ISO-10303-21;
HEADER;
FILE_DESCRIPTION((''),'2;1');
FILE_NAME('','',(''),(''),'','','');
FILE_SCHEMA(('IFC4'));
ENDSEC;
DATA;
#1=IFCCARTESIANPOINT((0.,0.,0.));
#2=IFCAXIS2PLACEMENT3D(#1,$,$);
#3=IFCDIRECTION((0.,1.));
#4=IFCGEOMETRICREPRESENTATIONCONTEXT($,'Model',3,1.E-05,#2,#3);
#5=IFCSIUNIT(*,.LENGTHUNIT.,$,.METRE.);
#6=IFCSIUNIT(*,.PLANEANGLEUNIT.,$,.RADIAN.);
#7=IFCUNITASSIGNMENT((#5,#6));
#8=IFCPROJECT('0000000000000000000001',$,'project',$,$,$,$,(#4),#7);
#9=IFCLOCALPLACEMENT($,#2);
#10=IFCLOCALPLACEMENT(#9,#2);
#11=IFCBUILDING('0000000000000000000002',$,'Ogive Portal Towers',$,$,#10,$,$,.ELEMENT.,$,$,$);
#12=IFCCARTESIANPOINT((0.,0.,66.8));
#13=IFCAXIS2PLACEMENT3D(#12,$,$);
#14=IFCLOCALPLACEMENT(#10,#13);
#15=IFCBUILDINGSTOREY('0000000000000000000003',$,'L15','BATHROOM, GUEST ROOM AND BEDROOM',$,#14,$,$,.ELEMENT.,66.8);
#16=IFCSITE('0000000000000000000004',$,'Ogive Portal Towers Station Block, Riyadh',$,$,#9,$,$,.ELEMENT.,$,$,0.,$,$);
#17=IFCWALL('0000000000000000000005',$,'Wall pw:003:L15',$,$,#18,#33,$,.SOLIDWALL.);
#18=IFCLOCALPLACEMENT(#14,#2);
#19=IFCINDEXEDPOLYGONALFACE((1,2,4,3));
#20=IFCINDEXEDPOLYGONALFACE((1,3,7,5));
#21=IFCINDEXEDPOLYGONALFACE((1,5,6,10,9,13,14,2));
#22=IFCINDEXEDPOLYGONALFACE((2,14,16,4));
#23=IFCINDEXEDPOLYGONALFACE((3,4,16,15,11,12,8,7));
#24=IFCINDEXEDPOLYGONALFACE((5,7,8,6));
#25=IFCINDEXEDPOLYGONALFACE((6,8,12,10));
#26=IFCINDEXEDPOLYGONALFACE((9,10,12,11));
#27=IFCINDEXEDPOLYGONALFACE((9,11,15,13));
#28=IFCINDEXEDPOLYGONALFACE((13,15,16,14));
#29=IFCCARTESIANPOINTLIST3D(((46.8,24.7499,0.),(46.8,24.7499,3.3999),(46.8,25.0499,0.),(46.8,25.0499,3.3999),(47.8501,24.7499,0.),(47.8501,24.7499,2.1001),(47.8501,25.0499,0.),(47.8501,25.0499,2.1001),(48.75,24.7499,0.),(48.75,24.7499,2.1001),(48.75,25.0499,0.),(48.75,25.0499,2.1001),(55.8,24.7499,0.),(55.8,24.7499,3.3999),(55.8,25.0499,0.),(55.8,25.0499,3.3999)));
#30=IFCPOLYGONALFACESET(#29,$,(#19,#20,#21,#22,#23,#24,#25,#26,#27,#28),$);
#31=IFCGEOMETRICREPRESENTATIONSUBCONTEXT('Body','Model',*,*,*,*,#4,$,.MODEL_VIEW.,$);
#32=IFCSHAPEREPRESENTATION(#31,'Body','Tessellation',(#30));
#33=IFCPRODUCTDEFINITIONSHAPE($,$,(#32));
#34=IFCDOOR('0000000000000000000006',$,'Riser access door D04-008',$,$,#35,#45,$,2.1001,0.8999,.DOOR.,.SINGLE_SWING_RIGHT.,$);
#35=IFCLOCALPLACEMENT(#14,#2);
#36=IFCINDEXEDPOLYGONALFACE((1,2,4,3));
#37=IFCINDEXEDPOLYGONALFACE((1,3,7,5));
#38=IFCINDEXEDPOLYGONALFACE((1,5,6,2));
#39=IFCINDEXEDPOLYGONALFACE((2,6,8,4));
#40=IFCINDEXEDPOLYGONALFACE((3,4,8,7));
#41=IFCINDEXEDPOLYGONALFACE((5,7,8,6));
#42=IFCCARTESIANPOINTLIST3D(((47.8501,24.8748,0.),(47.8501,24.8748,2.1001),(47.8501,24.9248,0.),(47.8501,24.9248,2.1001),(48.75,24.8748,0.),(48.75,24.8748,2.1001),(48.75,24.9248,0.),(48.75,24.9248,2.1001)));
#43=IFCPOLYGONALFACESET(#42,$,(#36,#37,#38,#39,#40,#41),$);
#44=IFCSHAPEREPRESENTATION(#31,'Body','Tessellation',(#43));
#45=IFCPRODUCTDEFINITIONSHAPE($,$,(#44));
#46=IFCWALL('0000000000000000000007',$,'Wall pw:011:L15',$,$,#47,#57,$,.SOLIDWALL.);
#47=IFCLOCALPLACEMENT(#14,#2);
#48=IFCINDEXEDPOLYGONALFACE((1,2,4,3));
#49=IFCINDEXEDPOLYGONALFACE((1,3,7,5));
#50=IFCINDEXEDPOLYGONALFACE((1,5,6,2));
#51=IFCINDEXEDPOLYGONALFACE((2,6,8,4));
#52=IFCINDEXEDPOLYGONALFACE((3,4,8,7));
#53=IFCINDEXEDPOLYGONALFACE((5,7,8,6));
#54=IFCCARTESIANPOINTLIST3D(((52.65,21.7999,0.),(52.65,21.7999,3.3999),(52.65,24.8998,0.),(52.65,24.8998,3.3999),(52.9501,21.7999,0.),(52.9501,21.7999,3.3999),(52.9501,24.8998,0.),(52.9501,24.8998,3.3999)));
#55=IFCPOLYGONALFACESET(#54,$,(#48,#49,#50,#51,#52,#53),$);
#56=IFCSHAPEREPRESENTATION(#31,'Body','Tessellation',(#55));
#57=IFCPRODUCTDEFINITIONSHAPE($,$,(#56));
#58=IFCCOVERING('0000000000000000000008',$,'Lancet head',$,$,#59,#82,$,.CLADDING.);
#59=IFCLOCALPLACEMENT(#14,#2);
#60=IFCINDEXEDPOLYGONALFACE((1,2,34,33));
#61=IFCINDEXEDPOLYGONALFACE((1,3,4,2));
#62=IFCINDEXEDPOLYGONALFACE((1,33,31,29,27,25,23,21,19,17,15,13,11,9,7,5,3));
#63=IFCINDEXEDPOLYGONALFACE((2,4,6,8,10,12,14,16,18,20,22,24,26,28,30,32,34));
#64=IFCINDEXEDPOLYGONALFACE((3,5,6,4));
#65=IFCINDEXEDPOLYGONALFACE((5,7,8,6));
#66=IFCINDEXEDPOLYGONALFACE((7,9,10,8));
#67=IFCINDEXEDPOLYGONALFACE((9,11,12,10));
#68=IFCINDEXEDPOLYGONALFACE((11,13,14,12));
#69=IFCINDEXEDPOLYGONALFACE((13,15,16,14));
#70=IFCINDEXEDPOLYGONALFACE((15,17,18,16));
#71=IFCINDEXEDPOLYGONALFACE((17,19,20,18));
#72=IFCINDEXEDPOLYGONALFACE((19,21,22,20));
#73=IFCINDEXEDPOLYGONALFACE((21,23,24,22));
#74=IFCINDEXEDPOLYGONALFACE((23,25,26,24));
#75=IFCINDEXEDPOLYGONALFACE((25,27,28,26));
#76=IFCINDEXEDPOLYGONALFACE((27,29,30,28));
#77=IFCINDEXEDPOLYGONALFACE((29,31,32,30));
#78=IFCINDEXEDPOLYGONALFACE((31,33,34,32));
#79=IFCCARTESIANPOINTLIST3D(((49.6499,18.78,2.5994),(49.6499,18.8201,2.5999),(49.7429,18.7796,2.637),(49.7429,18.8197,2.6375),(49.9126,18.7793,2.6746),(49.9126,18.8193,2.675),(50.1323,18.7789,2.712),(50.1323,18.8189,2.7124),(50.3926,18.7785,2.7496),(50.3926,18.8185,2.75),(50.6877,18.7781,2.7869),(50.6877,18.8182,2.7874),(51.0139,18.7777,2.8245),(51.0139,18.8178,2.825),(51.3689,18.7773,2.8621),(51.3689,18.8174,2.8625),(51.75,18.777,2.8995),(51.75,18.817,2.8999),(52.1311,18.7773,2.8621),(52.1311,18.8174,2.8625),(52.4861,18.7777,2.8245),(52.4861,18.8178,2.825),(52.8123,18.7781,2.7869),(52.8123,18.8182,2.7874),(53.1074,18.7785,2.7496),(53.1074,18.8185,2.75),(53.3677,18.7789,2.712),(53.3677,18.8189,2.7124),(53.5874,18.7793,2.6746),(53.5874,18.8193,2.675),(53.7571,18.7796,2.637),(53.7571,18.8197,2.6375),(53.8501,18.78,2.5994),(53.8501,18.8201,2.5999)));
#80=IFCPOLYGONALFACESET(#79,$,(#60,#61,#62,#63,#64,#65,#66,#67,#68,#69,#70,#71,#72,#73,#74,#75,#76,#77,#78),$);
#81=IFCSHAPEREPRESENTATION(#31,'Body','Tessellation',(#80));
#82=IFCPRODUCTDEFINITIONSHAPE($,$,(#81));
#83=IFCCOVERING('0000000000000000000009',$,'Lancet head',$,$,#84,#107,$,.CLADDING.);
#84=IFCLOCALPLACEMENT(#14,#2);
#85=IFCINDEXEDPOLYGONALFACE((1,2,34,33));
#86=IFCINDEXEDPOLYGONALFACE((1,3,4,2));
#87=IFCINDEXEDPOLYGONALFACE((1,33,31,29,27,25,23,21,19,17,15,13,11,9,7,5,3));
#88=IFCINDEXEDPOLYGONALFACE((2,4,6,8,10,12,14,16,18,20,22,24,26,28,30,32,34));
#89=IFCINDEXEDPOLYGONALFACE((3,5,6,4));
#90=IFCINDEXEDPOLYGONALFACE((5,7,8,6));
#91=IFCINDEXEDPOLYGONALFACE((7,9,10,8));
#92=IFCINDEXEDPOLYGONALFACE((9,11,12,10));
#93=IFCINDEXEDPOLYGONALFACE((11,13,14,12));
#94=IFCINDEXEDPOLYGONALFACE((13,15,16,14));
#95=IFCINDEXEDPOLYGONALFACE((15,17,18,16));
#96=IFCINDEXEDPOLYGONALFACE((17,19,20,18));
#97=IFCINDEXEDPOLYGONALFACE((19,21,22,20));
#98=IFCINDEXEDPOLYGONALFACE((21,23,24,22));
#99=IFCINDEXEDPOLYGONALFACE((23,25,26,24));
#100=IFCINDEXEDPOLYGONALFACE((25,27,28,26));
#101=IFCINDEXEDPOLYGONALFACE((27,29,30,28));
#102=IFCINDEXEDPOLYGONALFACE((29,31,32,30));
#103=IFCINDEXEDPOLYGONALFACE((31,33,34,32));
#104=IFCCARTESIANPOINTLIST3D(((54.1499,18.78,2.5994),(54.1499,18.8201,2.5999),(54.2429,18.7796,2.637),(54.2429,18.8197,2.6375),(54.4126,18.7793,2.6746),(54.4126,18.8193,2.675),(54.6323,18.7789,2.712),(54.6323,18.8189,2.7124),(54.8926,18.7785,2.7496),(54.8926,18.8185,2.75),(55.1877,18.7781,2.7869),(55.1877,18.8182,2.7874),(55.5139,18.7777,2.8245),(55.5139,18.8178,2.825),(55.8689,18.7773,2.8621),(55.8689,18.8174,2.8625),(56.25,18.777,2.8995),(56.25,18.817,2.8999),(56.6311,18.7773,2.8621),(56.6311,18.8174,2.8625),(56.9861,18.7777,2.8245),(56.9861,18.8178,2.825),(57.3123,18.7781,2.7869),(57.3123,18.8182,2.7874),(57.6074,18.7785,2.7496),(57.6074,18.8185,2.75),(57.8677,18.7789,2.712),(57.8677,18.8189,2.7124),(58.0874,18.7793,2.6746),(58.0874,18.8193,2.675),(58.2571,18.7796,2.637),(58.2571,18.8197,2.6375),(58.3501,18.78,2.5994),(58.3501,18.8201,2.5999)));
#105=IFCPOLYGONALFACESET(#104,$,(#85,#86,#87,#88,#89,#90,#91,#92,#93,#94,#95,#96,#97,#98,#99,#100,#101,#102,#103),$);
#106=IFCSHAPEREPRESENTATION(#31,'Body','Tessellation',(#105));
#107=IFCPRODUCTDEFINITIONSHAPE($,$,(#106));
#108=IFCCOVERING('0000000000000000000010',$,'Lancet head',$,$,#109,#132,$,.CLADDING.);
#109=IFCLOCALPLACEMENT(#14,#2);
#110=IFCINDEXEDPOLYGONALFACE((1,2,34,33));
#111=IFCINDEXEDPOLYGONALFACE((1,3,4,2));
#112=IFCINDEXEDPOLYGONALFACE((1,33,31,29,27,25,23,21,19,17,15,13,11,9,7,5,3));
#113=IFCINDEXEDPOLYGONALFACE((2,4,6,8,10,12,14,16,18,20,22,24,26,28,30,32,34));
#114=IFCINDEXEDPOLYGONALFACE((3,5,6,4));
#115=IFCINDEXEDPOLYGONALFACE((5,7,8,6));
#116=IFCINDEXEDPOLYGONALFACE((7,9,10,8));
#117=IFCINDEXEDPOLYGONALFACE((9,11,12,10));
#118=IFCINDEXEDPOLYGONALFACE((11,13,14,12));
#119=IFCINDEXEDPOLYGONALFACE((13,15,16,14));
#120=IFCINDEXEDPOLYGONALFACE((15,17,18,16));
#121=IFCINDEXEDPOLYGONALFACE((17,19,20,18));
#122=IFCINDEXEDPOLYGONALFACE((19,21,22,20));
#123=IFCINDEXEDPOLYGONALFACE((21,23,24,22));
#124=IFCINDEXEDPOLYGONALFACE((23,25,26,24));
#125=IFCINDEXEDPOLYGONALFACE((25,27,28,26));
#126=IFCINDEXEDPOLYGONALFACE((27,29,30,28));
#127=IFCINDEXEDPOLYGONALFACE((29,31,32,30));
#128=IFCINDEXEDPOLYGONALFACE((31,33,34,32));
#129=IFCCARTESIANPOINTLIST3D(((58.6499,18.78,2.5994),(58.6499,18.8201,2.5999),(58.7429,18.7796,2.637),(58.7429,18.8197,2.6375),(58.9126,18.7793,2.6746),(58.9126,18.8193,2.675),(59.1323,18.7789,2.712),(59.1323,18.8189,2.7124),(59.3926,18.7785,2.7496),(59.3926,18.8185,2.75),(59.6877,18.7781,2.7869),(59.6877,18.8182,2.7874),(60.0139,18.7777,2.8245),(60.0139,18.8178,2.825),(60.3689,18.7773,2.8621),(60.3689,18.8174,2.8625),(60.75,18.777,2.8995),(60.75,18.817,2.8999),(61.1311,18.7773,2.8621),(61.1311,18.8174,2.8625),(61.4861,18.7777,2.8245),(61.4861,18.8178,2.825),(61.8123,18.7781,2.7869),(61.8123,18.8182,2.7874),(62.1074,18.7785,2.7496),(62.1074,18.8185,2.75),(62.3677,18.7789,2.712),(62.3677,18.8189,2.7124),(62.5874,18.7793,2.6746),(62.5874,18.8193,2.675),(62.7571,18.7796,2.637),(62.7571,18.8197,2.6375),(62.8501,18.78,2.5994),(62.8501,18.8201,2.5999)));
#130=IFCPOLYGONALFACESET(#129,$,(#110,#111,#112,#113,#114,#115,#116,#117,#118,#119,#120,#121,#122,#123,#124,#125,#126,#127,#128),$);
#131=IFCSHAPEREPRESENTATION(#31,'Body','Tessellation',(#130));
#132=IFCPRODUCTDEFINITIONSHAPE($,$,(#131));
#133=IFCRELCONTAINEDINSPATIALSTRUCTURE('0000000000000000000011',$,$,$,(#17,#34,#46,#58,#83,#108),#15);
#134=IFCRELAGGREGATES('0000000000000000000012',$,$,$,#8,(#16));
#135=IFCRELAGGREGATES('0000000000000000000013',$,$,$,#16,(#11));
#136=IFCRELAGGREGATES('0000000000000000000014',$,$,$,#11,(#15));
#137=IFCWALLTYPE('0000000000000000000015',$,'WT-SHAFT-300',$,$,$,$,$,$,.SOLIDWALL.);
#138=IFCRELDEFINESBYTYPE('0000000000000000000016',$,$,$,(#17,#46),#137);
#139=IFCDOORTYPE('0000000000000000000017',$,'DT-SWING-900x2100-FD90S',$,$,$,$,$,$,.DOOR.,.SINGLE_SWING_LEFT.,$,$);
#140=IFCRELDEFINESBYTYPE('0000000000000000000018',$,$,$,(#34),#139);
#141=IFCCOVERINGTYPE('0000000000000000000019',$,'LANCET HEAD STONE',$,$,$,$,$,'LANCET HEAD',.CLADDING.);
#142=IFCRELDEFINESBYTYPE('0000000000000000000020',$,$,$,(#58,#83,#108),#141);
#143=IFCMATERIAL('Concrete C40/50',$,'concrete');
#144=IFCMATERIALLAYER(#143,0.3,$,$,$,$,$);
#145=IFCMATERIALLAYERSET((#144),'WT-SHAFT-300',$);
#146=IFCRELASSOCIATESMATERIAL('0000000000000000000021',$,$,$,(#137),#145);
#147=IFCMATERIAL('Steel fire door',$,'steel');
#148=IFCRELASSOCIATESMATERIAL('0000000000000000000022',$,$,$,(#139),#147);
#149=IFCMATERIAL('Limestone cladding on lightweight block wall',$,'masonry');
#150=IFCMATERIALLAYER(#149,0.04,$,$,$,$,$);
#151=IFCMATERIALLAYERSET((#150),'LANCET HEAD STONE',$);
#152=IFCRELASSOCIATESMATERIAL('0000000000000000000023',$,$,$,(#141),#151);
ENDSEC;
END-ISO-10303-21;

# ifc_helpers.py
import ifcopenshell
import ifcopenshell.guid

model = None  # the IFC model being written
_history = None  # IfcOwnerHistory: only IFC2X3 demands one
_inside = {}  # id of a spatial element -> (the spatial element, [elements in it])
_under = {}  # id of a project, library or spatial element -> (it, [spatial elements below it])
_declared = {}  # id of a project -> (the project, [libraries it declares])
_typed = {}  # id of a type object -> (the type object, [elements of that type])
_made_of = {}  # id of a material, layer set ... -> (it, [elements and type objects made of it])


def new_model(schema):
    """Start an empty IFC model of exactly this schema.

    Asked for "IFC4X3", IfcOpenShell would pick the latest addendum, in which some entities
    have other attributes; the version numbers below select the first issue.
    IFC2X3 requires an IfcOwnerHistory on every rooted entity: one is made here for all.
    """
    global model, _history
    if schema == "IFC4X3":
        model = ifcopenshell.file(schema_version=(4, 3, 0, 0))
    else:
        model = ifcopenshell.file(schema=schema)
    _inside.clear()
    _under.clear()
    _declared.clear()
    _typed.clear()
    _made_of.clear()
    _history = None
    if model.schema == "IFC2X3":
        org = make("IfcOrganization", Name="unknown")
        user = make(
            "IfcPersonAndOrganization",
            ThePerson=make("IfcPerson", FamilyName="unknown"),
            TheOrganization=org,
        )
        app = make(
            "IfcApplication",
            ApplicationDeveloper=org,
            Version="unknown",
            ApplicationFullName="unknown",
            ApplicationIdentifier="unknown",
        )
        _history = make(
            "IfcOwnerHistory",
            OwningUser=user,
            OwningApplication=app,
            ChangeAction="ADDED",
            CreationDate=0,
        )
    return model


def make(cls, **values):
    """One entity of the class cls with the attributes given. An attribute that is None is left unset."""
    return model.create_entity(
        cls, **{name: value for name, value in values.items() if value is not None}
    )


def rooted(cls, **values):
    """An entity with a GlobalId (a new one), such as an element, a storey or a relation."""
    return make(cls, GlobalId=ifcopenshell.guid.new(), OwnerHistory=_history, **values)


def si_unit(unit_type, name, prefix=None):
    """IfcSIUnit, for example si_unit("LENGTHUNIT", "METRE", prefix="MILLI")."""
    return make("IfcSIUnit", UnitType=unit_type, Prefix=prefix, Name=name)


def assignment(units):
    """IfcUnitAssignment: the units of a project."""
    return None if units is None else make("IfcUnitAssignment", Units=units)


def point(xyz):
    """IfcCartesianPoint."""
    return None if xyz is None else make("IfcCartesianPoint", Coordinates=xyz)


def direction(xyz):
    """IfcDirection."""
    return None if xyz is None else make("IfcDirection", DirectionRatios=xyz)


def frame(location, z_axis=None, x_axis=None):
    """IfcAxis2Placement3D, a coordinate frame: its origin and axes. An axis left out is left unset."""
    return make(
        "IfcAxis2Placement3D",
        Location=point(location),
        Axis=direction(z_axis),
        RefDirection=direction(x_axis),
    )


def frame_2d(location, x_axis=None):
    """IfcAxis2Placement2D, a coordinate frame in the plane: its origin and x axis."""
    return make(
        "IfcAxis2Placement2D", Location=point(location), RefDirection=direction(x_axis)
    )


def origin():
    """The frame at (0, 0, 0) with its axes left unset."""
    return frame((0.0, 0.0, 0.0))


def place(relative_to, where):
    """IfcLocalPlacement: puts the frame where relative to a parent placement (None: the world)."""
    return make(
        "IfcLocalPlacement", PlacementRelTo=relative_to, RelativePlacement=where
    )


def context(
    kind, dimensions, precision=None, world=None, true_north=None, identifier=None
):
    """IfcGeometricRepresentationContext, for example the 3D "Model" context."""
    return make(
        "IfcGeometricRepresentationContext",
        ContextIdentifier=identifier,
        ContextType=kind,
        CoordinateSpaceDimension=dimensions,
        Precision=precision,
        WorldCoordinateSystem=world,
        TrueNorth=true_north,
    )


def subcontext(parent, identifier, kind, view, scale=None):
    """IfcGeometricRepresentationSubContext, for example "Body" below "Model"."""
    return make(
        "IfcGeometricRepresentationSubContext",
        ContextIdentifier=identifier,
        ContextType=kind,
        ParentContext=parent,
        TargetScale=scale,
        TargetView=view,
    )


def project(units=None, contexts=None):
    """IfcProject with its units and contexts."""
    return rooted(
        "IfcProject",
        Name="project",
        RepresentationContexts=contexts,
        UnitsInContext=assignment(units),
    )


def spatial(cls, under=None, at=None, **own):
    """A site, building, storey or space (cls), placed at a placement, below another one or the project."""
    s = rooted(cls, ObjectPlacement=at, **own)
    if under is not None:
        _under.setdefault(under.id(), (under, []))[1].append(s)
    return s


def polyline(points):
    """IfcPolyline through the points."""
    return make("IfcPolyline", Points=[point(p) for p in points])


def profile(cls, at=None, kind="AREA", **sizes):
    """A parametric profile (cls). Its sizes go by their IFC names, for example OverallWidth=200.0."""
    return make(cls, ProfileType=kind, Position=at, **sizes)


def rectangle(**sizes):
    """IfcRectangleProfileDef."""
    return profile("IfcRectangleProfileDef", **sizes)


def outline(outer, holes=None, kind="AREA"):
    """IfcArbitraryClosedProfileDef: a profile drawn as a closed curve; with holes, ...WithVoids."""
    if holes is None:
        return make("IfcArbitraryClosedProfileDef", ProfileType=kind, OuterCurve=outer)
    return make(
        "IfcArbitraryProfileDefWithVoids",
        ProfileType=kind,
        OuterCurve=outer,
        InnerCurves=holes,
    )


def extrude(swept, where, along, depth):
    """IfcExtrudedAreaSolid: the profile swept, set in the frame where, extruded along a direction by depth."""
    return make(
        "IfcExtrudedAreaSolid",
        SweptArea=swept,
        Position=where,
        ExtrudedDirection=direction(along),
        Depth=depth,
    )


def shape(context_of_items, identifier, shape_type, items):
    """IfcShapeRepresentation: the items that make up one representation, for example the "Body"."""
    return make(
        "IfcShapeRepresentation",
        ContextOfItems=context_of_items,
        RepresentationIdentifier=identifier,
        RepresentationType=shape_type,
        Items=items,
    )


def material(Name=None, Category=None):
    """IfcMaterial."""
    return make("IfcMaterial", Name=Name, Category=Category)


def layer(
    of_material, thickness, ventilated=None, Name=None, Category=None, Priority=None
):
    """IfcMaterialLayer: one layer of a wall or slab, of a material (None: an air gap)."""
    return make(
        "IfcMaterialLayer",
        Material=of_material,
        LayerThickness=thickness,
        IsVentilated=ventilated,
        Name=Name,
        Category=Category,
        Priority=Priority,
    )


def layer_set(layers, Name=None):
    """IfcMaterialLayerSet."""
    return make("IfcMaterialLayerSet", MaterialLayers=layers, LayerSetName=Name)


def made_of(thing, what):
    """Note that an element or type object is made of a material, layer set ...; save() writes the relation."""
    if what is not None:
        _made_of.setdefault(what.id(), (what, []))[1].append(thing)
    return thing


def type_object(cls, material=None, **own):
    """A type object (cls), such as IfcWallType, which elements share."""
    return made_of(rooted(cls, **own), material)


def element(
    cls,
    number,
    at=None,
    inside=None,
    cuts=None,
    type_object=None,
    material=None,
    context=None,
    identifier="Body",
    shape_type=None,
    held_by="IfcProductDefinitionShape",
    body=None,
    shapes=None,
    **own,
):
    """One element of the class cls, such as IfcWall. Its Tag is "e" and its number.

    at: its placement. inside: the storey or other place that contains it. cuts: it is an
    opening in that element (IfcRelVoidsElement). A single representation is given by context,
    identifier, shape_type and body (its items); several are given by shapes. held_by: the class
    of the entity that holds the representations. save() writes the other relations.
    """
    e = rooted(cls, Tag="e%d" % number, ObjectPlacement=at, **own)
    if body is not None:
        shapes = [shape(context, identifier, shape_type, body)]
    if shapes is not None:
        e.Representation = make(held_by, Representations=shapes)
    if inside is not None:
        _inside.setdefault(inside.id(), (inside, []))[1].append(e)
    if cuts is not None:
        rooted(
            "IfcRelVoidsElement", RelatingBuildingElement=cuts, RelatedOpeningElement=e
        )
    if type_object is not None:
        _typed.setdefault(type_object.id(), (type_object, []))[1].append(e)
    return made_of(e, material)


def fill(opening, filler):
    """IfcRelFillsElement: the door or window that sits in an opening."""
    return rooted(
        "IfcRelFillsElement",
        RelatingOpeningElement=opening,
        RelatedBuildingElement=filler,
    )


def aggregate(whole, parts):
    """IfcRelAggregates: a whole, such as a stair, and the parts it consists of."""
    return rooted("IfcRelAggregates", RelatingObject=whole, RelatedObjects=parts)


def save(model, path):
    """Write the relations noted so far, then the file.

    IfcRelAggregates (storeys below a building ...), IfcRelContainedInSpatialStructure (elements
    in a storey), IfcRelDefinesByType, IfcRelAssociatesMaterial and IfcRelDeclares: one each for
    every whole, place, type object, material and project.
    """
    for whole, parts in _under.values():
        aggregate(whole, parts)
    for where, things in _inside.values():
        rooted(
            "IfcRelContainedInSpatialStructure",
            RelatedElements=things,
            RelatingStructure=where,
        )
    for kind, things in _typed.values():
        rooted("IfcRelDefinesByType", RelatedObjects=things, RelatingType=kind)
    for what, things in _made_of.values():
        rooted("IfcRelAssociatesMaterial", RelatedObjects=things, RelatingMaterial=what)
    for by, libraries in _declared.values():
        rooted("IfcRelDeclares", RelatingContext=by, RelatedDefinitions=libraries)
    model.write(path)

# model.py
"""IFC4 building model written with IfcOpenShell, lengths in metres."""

from ifc_helpers import new_model, si_unit, direction, frame, frame_2d, origin, place, context, subcontext, project, spatial, polyline, rectangle, outline, extrude, material, layer, layer_set, type_object, element, fill, save


model = new_model("IFC4")

# Units and contexts
model_context = context("Model", 3, precision=1e-05, world=origin(), true_north=direction((0.0, 1.0)))
body_context = subcontext(model_context, "Body", "Model", "MODEL_VIEW")
ifc_project = project(units=[si_unit("LENGTHUNIT", "METRE"), si_unit("PLANEANGLEUNIT", "RADIAN")], contexts=[model_context])

# Site, building, storey
site_placement = place(None, origin())
site = spatial("IfcSite", under=ifc_project, at=site_placement, Name="Ogive Portal Towers Station Block, Riyadh", CompositionType="ELEMENT", RefElevation=0.0)
building_placement = place(site_placement, origin())
building = spatial("IfcBuilding", under=site, at=building_placement, Name="Ogive Portal Towers", CompositionType="ELEMENT")
storey_placement = place(building_placement, frame((0.0, 0.0, 66.8)))
storey = spatial("IfcBuildingStorey", under=building, at=storey_placement, Name="L15", Description="BATHROOM, GUEST ROOM AND BEDROOM", CompositionType="ELEMENT", Elevation=66.8)

# Shared definitions
ifc_material_1 = material(Name="Steel fire door", Category="steel")

# Shared definitions
ifc_material_2 = material(Name="Limestone cladding on lightweight block wall", Category="masonry")

# Wall, opening, door
ifc_material_3 = material(Name="Concrete C40/50", Category="concrete")
ifc_layer_1 = layer(ifc_material_3, 0.3)
ifc_layer_set_1 = layer_set([ifc_layer_1], Name="WT-SHAFT-300")
wall_type_1 = type_object("IfcWallType", Name="WT-SHAFT-300", PredefinedType="SOLIDWALL", material=ifc_layer_set_1)
wall_1_placement = place(storey_placement, frame((46.8, 24.8999, 0.0), z_axis=(0.0, 0.0, 1.0), x_axis=(1.0, 0.0, 0.0)))
wall_1 = element("IfcWall", 1, at=wall_1_placement, inside=storey, type_object=wall_type_1, Name="Wall pw:003:L15", PredefinedType="SOLIDWALL", context=body_context, shape_type="SweptSolid", body=[
    extrude(rectangle(XDim=9.0, YDim=0.3, at=frame_2d((4.5, 0.0))), origin(), (0.0, 0.0, 1.0), 3.3999),
])
opening_1_placement = place(wall_1_placement, frame((1.05, 0.0, 0.0)))
opening_1 = element("IfcOpeningElement", 2, at=opening_1_placement, cuts=wall_1, PredefinedType="OPENING", context=body_context, shape_type="SweptSolid", body=[
    extrude(rectangle(XDim=0.8999, YDim=2.1001, at=frame_2d((0.45, 1.05))), frame((0.0, 0.1602, 0.0), z_axis=(0.0, -1.0, 0.0), x_axis=(1.0, 0.0, 0.0)), (0.0, 0.0, 1.0), 0.3201),
])
door_type_1 = type_object("IfcDoorType", Name="DT-SWING-900x2100-FD90S", OperationType="SINGLE_SWING_LEFT", PredefinedType="DOOR", material=ifc_material_1)
door_1_placement = place(opening_1_placement, origin())
door_1 = element("IfcDoor", 3, at=door_1_placement, inside=storey, type_object=door_type_1, Name="Riser access door D04-008", OperationType="SINGLE_SWING_RIGHT", OverallHeight=2.1001, OverallWidth=0.8999, PredefinedType="DOOR", context=body_context, shape_type="SweptSolid", body=[
    extrude(rectangle(XDim=0.8999, YDim=2.1001, at=frame_2d((0.45, 1.05))), frame((0.0, 0.0249, 0.0), z_axis=(0.0, -1.0, 0.0), x_axis=(1.0, 0.0, 0.0)), (0.0, 0.0, 1.0), 0.05),
])
fill(opening_1, door_1)

# Wall
wall_2_placement = place(storey_placement, frame((52.8, 21.8, 0.0), z_axis=(0.0, 0.0, 1.0), x_axis=(0.0, 1.0, 0.0)))
element("IfcWall", 4, at=wall_2_placement, inside=storey, type_object=wall_type_1, Name="Wall pw:011:L15", PredefinedType="SOLIDWALL", context=body_context, shape_type="SweptSolid", body=[
    extrude(rectangle(XDim=3.0999, YDim=0.3, at=frame_2d((1.5498, 0.0))), origin(), (0.0, 0.0, 1.0), 3.3999),
])

# Coverings
ifc_layer_2 = layer(ifc_material_2, 0.04)
ifc_layer_set_2 = layer_set([ifc_layer_2], Name="LANCET HEAD STONE")
covering_type = type_object("IfcCoveringType", Name="LANCET HEAD STONE", ElementType="LANCET HEAD", PredefinedType="CLADDING", material=ifc_layer_set_2)
for number, where, z_axis, x_axis, name in (
    (5, (49.6499, 18.8201, 2.5999), (0.0, 0.999948, 0.010223), (1.0, 0.0, 0.0), "Lancet head"),
    (6, (54.1499, 18.8201, 2.5999), (0.0, 0.999948, 0.010223), (1.0, 0.0, 0.0), "Lancet head"),
    (7, (58.6499, 18.8201, 2.5999), (0.0, 0.999948, 0.010223), (1.0, 0.0, 0.0), "Lancet head"),
):
    element("IfcCovering", number, at=place(storey_placement, frame(where, z_axis=z_axis, x_axis=x_axis)), inside=storey, type_object=covering_type, Name=name, PredefinedType="CLADDING", context=body_context, shape_type="SweptSolid", body=[
        extrude(outline(polyline([(0.0, 0.0), (4.2002, 0.0), (4.1072, -0.0376), (3.9375, -0.0752), (3.7178, -0.1126), (3.4575, -0.1502), (3.1624, -0.1875), (2.8362, -0.2251), (2.4812, -0.2627), (2.1001, -0.3001), (1.719, -0.2627), (1.364, -0.2251), (1.0378, -0.1875), (0.7427, -0.1502), (0.4824, -0.1126), (0.2627, -0.0752), (0.093, -0.0376), (0.0, 0.0)])), origin(), (0.0, 0.0, -1.0), 0.04),
    ])

save(model, "model.ifc")
